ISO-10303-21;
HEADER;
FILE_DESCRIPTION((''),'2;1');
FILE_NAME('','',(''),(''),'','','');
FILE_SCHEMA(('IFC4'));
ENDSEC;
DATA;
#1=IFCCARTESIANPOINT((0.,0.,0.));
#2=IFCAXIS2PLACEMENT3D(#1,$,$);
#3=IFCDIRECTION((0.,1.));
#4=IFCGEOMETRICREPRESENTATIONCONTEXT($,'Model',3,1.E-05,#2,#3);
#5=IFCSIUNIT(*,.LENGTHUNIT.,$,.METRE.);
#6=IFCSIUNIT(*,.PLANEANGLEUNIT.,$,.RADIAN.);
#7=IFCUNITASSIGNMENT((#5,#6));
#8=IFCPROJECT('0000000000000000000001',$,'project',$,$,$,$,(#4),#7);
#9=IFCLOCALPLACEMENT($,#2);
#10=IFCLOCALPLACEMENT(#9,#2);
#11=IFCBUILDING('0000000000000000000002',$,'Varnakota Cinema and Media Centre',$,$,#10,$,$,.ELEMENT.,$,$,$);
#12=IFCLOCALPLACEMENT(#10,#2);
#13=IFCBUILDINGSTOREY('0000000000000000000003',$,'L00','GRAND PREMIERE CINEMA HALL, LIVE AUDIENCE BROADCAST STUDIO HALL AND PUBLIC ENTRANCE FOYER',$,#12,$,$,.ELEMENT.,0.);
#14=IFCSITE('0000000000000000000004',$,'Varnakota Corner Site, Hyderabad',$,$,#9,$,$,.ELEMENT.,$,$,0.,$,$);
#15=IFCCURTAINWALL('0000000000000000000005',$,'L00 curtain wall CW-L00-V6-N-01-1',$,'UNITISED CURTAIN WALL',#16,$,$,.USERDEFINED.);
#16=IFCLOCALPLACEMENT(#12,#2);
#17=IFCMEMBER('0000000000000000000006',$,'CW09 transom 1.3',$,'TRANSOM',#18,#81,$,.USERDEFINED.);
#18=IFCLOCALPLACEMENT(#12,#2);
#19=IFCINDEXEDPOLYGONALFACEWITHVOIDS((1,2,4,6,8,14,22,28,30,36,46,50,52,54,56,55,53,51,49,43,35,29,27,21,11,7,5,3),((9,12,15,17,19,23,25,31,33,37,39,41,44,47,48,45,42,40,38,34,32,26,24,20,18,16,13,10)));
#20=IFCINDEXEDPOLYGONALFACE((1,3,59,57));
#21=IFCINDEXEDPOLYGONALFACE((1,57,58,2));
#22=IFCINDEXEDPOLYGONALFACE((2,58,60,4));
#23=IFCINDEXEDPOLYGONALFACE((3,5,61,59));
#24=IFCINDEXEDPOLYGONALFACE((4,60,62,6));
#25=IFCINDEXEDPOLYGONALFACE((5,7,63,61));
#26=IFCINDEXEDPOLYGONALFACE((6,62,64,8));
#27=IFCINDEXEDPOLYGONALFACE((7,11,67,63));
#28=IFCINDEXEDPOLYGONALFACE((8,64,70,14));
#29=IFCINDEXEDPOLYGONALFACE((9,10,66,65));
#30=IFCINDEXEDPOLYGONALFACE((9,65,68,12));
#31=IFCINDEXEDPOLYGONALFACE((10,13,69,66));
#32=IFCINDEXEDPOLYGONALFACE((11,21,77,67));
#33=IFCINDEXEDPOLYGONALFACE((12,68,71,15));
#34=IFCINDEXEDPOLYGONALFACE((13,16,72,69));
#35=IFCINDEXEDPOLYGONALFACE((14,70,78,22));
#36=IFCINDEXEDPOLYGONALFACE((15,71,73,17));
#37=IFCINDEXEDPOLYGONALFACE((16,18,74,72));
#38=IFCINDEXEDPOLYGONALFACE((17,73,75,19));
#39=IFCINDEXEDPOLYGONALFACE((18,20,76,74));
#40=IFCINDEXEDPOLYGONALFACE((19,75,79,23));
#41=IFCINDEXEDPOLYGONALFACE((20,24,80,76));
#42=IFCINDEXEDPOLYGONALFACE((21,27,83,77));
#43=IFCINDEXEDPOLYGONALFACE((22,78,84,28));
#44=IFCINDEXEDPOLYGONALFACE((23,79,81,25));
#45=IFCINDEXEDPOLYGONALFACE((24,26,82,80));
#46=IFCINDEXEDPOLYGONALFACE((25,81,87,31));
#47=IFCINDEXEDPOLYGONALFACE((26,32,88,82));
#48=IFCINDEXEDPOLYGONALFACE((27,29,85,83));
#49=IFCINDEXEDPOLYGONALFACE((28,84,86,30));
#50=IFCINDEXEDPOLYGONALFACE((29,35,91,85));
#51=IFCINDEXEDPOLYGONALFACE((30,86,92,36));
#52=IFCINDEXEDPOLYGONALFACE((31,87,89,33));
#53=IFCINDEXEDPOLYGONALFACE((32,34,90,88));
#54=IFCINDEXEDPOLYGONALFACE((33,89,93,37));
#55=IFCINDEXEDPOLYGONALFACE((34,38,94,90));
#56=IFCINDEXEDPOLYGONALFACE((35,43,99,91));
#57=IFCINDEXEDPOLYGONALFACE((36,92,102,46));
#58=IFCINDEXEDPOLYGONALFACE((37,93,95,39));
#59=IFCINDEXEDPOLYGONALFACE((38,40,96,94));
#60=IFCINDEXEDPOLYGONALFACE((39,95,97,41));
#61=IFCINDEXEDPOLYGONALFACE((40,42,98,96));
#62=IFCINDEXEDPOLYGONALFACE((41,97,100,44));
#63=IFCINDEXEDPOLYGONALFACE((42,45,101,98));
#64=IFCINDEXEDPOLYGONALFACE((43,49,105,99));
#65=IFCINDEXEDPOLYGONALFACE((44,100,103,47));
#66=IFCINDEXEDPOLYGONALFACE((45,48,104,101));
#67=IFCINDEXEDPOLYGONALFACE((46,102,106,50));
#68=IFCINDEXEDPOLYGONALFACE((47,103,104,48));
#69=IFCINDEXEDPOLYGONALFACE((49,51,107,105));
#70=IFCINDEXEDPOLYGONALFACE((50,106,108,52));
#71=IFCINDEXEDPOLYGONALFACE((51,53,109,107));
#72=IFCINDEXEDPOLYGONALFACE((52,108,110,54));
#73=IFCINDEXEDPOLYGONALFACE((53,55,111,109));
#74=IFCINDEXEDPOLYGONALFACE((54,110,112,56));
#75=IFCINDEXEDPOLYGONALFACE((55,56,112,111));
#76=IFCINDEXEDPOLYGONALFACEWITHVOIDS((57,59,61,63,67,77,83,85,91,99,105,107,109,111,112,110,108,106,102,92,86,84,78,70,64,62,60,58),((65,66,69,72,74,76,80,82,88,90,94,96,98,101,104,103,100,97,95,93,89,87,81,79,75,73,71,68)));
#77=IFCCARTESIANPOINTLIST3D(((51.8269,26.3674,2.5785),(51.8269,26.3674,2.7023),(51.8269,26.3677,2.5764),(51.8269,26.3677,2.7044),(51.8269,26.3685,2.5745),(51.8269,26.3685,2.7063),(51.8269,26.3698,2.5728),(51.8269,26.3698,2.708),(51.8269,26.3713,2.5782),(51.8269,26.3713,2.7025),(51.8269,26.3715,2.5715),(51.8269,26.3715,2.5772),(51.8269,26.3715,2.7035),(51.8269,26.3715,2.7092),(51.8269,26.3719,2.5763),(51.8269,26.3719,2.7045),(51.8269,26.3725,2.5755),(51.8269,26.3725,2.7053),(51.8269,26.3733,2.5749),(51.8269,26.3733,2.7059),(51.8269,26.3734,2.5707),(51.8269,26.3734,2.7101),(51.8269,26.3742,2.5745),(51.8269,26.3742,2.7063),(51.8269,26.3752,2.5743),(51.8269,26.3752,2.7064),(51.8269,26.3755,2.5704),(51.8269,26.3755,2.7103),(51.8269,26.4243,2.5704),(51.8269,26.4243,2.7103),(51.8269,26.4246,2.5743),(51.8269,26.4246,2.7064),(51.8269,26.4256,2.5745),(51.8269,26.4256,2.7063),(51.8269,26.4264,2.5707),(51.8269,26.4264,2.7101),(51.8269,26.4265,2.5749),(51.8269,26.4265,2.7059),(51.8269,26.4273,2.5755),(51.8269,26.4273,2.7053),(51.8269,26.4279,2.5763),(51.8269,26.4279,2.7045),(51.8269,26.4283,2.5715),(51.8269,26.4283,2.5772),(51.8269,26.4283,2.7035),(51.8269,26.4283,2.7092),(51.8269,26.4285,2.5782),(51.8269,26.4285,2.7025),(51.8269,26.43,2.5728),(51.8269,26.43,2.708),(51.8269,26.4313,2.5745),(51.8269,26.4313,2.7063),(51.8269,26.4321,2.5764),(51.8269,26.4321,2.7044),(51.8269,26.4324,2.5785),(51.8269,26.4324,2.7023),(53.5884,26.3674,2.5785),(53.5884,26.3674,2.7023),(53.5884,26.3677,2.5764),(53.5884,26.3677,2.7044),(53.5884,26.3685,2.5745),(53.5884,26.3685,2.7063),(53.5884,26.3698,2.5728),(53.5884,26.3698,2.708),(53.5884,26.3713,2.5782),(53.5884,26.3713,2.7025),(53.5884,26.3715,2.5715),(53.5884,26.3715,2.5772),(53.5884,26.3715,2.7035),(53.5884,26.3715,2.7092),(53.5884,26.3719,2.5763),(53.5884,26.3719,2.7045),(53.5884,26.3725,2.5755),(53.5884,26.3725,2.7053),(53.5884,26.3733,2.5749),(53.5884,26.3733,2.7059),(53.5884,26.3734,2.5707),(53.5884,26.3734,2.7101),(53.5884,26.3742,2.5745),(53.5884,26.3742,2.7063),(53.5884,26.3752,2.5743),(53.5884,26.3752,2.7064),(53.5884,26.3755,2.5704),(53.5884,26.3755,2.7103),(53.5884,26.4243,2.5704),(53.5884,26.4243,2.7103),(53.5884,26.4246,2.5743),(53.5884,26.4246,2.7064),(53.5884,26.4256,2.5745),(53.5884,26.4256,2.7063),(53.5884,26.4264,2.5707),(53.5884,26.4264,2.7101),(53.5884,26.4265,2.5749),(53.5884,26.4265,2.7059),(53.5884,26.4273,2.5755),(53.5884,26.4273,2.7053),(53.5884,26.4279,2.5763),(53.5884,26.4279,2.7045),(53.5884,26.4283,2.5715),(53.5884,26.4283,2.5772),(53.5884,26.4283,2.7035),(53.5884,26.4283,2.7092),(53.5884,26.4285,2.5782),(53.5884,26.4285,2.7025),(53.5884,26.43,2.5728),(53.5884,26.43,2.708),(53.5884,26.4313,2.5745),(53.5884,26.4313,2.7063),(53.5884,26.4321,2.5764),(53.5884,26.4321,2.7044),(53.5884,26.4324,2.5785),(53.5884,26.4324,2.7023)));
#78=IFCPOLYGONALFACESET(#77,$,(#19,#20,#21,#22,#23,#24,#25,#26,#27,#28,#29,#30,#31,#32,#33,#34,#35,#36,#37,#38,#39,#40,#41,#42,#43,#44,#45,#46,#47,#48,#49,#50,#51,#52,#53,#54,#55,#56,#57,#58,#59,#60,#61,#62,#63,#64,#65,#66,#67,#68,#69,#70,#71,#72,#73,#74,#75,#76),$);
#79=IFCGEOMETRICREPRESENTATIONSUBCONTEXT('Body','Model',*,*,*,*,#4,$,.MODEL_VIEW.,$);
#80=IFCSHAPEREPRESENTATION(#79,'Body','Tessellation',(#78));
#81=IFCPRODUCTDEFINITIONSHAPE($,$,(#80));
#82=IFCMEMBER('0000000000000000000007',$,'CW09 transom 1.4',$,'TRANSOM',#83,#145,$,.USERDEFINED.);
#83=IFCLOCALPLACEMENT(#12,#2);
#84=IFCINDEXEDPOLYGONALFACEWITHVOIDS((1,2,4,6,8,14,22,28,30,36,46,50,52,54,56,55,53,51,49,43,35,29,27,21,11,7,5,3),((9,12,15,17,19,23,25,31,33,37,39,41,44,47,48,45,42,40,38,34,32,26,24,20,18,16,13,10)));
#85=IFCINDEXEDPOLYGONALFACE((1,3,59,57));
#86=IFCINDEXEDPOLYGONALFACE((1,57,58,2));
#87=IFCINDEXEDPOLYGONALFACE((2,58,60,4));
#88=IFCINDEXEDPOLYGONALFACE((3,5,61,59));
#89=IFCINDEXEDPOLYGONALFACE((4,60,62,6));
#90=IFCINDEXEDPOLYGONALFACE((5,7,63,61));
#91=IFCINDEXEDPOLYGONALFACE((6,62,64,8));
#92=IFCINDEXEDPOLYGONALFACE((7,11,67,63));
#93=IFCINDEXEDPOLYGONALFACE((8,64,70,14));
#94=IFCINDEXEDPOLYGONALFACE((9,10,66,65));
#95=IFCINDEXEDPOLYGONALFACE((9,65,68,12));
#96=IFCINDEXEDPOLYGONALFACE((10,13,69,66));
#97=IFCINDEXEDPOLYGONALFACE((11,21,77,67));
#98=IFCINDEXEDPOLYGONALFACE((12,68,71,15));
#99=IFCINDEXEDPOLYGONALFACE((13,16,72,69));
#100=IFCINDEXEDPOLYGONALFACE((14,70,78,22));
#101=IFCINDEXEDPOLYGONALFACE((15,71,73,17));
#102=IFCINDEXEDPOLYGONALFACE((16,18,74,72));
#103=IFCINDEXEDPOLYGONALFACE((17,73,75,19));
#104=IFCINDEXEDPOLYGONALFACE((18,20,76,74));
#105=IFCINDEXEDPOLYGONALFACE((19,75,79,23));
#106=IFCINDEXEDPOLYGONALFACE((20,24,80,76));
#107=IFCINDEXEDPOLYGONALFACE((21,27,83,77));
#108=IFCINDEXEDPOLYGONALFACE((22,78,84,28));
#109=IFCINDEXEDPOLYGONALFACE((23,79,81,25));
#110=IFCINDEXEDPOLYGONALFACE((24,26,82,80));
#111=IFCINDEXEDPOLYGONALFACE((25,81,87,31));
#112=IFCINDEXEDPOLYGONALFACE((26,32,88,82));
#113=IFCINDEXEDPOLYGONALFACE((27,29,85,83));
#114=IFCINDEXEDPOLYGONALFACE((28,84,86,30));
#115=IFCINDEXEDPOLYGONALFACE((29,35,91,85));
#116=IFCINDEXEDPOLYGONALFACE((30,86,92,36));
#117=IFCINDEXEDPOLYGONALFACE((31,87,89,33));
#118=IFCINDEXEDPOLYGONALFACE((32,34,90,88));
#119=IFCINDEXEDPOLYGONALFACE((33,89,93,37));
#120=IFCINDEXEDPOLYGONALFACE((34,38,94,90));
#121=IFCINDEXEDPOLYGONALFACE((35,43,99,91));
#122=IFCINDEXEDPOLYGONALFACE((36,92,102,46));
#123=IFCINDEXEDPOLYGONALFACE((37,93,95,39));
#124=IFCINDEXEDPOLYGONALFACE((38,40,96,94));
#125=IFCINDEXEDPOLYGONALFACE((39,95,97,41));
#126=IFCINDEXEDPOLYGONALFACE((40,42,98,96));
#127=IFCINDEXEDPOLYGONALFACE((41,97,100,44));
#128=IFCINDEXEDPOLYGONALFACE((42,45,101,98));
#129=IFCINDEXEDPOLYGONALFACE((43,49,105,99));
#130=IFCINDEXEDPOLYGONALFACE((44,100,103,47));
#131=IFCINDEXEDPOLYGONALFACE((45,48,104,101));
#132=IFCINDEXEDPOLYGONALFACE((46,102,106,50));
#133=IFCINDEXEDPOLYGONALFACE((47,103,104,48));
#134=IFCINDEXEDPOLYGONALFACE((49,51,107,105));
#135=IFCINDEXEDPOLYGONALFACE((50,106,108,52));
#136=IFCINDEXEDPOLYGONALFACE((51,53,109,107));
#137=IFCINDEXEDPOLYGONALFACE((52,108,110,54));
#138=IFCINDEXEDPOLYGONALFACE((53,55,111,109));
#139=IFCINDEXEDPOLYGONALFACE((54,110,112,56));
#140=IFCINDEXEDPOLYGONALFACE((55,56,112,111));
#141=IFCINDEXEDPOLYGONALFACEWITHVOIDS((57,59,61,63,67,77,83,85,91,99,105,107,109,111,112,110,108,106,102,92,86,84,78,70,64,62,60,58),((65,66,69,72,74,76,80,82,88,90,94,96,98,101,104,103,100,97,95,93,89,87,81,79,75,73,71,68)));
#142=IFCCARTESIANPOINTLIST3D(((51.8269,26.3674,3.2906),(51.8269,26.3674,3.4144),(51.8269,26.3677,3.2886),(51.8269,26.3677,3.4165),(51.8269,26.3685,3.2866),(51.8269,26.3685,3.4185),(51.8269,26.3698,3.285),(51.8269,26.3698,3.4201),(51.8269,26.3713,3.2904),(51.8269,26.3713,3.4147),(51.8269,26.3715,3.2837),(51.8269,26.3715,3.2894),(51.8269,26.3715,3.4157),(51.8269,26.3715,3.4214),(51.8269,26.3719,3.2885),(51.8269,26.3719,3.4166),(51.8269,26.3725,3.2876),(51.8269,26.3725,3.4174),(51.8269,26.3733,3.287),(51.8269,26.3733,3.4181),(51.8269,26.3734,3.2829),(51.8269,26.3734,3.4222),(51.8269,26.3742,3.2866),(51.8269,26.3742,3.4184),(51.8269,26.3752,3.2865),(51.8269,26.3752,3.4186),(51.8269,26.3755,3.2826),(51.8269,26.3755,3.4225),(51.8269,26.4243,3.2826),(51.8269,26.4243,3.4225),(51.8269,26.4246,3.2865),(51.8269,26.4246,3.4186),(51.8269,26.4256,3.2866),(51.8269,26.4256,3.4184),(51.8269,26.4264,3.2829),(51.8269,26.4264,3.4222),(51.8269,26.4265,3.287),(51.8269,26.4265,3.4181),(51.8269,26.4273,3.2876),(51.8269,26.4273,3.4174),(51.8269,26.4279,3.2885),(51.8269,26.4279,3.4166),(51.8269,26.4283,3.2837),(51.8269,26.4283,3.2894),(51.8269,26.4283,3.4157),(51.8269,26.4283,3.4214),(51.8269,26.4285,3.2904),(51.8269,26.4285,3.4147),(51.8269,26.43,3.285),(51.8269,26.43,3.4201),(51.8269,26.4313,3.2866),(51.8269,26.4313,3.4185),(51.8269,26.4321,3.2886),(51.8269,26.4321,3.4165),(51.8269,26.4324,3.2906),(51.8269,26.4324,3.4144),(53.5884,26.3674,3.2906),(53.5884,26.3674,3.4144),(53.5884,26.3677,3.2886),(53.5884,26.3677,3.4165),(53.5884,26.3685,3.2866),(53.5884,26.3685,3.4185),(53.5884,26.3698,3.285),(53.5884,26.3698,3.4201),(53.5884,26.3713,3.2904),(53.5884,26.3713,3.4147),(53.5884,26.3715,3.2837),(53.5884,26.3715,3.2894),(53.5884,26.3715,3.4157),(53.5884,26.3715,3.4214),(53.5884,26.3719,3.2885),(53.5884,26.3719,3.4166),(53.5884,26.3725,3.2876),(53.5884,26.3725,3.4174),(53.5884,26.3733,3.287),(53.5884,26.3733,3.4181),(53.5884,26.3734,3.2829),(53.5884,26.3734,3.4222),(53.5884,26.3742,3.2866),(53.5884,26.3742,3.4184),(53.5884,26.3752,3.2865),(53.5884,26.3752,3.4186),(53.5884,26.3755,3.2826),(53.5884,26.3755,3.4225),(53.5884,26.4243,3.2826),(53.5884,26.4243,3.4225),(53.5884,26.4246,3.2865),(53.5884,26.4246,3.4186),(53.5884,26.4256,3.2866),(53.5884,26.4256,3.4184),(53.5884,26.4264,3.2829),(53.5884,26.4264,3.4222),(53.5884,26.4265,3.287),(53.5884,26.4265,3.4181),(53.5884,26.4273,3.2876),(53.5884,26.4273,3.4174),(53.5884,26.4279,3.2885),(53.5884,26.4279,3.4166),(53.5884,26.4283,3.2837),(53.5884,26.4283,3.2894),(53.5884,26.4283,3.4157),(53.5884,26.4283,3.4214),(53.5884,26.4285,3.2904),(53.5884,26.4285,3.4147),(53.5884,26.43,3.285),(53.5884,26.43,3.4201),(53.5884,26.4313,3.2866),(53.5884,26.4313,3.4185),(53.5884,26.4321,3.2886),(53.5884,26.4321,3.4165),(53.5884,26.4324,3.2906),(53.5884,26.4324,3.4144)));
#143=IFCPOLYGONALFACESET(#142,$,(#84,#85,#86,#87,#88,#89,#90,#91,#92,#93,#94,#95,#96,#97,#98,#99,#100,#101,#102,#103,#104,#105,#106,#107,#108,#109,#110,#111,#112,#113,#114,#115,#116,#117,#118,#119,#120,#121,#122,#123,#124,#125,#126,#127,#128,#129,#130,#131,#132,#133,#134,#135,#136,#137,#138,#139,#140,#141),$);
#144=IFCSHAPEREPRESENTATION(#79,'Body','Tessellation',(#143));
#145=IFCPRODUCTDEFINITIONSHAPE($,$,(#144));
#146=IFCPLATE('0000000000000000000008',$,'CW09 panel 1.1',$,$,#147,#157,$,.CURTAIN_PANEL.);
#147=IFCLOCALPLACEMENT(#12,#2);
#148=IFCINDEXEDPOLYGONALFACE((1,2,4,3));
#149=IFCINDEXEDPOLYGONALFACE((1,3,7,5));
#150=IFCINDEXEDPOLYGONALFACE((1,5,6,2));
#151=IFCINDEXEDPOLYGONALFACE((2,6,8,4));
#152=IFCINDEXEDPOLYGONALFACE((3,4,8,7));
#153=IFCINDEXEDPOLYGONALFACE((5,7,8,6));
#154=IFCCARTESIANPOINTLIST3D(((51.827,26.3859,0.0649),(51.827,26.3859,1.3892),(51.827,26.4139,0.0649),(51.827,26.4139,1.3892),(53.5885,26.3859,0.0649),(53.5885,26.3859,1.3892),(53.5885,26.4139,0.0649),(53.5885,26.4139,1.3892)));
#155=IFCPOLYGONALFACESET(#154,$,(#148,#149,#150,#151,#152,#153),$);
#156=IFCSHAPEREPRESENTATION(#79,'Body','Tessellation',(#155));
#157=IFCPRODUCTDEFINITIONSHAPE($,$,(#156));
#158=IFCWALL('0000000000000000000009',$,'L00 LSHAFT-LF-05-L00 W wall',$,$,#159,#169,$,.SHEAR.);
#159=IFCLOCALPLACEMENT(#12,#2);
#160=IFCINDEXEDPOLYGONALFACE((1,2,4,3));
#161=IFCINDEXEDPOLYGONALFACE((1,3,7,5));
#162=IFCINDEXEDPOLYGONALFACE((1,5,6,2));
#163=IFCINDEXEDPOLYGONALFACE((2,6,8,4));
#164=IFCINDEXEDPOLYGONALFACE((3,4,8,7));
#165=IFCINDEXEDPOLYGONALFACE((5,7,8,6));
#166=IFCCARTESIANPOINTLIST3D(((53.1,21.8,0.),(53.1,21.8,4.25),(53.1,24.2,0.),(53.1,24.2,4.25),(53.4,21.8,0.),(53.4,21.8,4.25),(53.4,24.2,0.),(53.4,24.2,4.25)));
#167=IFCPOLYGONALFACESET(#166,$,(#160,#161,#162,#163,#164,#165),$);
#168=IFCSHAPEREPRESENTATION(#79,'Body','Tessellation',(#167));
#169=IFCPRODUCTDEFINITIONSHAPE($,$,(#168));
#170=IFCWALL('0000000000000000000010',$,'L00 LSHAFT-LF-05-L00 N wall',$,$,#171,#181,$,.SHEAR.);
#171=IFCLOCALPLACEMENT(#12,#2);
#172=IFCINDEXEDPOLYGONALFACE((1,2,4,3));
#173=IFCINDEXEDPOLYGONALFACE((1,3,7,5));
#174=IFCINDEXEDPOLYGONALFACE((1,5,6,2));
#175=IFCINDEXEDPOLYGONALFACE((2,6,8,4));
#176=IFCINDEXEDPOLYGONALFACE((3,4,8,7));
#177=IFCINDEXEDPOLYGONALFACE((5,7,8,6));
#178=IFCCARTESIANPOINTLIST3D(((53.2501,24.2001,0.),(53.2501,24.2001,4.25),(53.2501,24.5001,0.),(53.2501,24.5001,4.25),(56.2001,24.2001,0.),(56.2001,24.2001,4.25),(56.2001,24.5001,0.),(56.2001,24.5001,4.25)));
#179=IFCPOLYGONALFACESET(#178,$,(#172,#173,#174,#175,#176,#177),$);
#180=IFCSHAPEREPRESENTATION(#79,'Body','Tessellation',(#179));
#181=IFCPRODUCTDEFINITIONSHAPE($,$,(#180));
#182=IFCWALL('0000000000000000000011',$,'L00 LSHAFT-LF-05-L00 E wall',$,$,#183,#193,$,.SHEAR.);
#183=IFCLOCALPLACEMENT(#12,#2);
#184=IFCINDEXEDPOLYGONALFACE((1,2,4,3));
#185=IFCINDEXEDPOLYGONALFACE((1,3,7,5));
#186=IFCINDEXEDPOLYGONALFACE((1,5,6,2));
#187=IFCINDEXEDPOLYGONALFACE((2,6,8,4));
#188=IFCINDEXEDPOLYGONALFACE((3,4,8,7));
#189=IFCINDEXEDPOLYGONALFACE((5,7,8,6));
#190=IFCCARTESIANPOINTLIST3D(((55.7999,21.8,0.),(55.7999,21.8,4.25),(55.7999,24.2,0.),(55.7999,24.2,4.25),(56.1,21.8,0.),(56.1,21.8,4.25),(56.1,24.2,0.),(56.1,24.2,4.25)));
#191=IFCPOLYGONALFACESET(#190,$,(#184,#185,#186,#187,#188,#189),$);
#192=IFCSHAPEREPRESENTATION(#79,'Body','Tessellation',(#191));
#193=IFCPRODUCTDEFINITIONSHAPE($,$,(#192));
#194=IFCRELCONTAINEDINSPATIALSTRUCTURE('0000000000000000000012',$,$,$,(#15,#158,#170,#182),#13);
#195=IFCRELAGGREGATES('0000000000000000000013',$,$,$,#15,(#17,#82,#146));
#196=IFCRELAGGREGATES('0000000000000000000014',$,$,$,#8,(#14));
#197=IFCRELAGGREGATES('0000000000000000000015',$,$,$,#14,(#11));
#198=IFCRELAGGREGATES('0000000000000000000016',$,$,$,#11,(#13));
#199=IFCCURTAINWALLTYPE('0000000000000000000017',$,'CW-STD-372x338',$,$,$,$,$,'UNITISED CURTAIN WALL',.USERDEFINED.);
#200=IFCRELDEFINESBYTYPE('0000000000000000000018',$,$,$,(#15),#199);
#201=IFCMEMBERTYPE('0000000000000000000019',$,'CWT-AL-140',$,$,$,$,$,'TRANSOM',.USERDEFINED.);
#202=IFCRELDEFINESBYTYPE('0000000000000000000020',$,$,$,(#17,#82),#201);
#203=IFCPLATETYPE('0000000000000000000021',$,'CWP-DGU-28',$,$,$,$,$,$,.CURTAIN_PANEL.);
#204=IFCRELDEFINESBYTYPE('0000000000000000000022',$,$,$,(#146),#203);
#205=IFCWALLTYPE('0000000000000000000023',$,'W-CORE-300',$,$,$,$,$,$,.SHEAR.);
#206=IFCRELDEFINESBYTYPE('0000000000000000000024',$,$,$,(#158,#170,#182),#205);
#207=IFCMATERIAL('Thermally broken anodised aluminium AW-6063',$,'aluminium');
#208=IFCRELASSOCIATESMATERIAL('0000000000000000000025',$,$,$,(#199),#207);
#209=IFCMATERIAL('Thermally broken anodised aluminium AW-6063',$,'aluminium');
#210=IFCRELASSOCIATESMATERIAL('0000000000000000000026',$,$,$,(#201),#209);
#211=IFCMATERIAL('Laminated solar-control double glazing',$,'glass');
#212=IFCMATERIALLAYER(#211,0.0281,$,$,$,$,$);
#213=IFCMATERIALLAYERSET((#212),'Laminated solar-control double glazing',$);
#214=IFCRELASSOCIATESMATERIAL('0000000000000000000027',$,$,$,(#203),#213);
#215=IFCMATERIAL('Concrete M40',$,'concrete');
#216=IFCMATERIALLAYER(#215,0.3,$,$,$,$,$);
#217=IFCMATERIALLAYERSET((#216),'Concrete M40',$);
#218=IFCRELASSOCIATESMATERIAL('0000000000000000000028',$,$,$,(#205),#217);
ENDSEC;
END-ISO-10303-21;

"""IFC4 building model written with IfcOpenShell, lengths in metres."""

from ifc_helpers import new_model, si_unit, direction, frame, frame_2d, origin, origin_2d, place, context, subcontext, project, spatial, rectangle, hollow_rectangle, extrude, material, layer, layer_set, material_profile, profile_set, type_object, element, aggregate, save


model = new_model("IFC4")

# Units and contexts
model_context = context("Model", 3, precision=1e-05, world=origin(), true_north=direction((0.0, 1.0)))
body_context = subcontext(model_context, "Body", "Model", "MODEL_VIEW")
ifc_project = project(units=[si_unit("LENGTHUNIT", "METRE"), si_unit("PLANEANGLEUNIT", "RADIAN")], contexts=[model_context])

# Site, building, storey
site_placement = place(None, origin())
site = spatial("IfcSite", under=ifc_project, at=site_placement, Name="Varnakota Corner Site, Hyderabad", CompositionType="ELEMENT", RefElevation=0.0)
building_placement = place(site_placement, origin())
building = spatial("IfcBuilding", under=site, at=building_placement, Name="Varnakota Cinema and Media Centre", CompositionType="ELEMENT")
storey_placement = place(building_placement, origin())
storey = spatial("IfcBuildingStorey", under=building, at=storey_placement, Name="L00", Description="GRAND PREMIERE CINEMA HALL, LIVE AUDIENCE BROADCAST STUDIO HALL AND PUBLIC ENTRANCE FOYER", CompositionType="ELEMENT", Elevation=0.0)

# Curtain wall, members, plate
ifc_material_1 = material(Name="Thermally broken anodised aluminium AW-6063", Category="aluminium")
curtain_wall_type = type_object("IfcCurtainWallType", Name="CW-STD-372x338", ElementType="UNITISED CURTAIN WALL", PredefinedType="USERDEFINED", material=ifc_material_1)
curtain_wall_placement = place(storey_placement, origin())
curtain_wall = element("IfcCurtainWall", 1, at=curtain_wall_placement, inside=storey, type_object=curtain_wall_type, Name="L00 curtain wall CW-L00-V6-N-01-1", ObjectType="UNITISED CURTAIN WALL", PredefinedType="USERDEFINED")
ifc_material_2 = material(Name="Thermally broken anodised aluminium AW-6063", Category="aluminium")
ifc_material_profile_1 = material_profile(ifc_material_2, hollow_rectangle(XDim=0.0649, YDim=0.1399, WallThickness=0.0039, InnerFilletRadius=0.0039, OuterFilletRadius=0.0081, at=origin_2d()), Name="AL-TRANSOM 140x65x4")
ifc_profile_set_1 = profile_set([ifc_material_profile_1], Name="Thermally broken anodised aluminium AW-6063")
member_type_1 = type_object("IfcMemberType", Name="CWT-AL-140", ElementType="TRANSOM", PredefinedType="USERDEFINED", material=ifc_profile_set_1)
member_1_placement = place(storey_placement, frame((51.8269, 26.3999, 2.6404), z_axis=(1.0, 0.0, 0.0), x_axis=(0.0, 1.0, 0.0)))
member_1 = element("IfcMember", 2, at=member_1_placement, type_object=member_type_1, Name="CW09 transom 1.3", ObjectType="TRANSOM", PredefinedType="USERDEFINED", context=body_context, shape_type="SweptSolid", body=[
    extrude(hollow_rectangle(XDim=0.0649, YDim=0.1399, WallThickness=0.0039, InnerFilletRadius=0.0039, OuterFilletRadius=0.0081, at=origin_2d()), origin(), (0.0, 0.0, 1.0), 1.7615),
])
member_2_placement = place(storey_placement, frame((51.8269, 26.3999, 3.3525), z_axis=(1.0, 0.0, 0.0), x_axis=(0.0, 1.0, 0.0)))
member_2 = element("IfcMember", 3, at=member_2_placement, type_object=member_type_1, Name="CW09 transom 1.4", ObjectType="TRANSOM", PredefinedType="USERDEFINED", context=body_context, shape_type="SweptSolid", body=[
    extrude(hollow_rectangle(XDim=0.0649, YDim=0.1399, WallThickness=0.0039, InnerFilletRadius=0.0039, OuterFilletRadius=0.0081, at=origin_2d()), origin(), (0.0, 0.0, 1.0), 1.7615),
])
ifc_material_3 = material(Name="Laminated solar-control double glazing", Category="glass")
ifc_layer_1 = layer(ifc_material_3, 0.0281)
ifc_layer_set_1 = layer_set([ifc_layer_1], Name="Laminated solar-control double glazing")
plate_type = type_object("IfcPlateType", Name="CWP-DGU-28", PredefinedType="CURTAIN_PANEL", material=ifc_layer_set_1)
plate_placement = place(storey_placement, frame((52.7078, 26.3999, 0.0649), z_axis=(0.0, 0.0, 1.0), x_axis=(1.0, 0.0, 0.0)))
plate = element("IfcPlate", 4, at=plate_placement, type_object=plate_type, Name="CW09 panel 1.1", PredefinedType="CURTAIN_PANEL", context=body_context, shape_type="SweptSolid", body=[
    extrude(rectangle(XDim=1.7615, YDim=0.0281, at=origin_2d()), origin(), (0.0, 0.0, 1.0), 1.3242),
])
aggregate(curtain_wall, [member_1, member_2, plate])

# Shared definitions
ifc_material_4 = material(Name="Concrete M40", Category="concrete")
ifc_layer_2 = layer(ifc_material_4, 0.3)
ifc_layer_set_2 = layer_set([ifc_layer_2], Name="Concrete M40")
wall_type_1 = type_object("IfcWallType", Name="W-CORE-300", PredefinedType="SHEAR", material=ifc_layer_set_2)

# Walls
wall_1_placement = place(storey_placement, frame((53.25, 21.8, 0.0), z_axis=(0.0, 0.0, 1.0), x_axis=(0.0, 1.0, 0.0)))
element("IfcWall", 5, at=wall_1_placement, inside=storey, type_object=wall_type_1, Name="L00 LSHAFT-LF-05-L00 W wall", PredefinedType="SHEAR", context=body_context, shape_type="SweptSolid", body=[
    extrude(rectangle(XDim=2.3999, YDim=0.3, at=frame_2d((1.2, 0.0))), origin(), (0.0, 0.0, 1.0), 4.25),
])
wall_2_placement = place(storey_placement, frame((53.25, 24.3501, 0.0), z_axis=(0.0, 0.0, 1.0), x_axis=(1.0, 0.0, 0.0)))
element("IfcWall", 6, at=wall_2_placement, inside=storey, type_object=wall_type_1, Name="L00 LSHAFT-LF-05-L00 N wall", PredefinedType="SHEAR", context=body_context, shape_type="SweptSolid", body=[
    extrude(rectangle(XDim=2.95, YDim=0.3, at=frame_2d((1.4751, 0.0))), origin(), (0.0, 0.0, 1.0), 4.25),
])
for number, where, z_axis, x_axis, name in (
    (7, (55.95, 24.2, 0.0), (0.0, 0.0, 1.0), (0.0, -1.0, 0.0), "L00 LSHAFT-LF-05-L00 E wall"),
):
    element("IfcWall", number, at=place(storey_placement, frame(where, z_axis=z_axis, x_axis=x_axis)), inside=storey, type_object=wall_type_1, Name=name, PredefinedType="SHEAR", context=body_context, shape_type="SweptSolid", body=[
        extrude(rectangle(XDim=2.3999, YDim=0.3, at=frame_2d((1.2, 0.0))), origin(), (0.0, 0.0, 1.0), 4.25),
    ])

save(model, "model.ifc")
